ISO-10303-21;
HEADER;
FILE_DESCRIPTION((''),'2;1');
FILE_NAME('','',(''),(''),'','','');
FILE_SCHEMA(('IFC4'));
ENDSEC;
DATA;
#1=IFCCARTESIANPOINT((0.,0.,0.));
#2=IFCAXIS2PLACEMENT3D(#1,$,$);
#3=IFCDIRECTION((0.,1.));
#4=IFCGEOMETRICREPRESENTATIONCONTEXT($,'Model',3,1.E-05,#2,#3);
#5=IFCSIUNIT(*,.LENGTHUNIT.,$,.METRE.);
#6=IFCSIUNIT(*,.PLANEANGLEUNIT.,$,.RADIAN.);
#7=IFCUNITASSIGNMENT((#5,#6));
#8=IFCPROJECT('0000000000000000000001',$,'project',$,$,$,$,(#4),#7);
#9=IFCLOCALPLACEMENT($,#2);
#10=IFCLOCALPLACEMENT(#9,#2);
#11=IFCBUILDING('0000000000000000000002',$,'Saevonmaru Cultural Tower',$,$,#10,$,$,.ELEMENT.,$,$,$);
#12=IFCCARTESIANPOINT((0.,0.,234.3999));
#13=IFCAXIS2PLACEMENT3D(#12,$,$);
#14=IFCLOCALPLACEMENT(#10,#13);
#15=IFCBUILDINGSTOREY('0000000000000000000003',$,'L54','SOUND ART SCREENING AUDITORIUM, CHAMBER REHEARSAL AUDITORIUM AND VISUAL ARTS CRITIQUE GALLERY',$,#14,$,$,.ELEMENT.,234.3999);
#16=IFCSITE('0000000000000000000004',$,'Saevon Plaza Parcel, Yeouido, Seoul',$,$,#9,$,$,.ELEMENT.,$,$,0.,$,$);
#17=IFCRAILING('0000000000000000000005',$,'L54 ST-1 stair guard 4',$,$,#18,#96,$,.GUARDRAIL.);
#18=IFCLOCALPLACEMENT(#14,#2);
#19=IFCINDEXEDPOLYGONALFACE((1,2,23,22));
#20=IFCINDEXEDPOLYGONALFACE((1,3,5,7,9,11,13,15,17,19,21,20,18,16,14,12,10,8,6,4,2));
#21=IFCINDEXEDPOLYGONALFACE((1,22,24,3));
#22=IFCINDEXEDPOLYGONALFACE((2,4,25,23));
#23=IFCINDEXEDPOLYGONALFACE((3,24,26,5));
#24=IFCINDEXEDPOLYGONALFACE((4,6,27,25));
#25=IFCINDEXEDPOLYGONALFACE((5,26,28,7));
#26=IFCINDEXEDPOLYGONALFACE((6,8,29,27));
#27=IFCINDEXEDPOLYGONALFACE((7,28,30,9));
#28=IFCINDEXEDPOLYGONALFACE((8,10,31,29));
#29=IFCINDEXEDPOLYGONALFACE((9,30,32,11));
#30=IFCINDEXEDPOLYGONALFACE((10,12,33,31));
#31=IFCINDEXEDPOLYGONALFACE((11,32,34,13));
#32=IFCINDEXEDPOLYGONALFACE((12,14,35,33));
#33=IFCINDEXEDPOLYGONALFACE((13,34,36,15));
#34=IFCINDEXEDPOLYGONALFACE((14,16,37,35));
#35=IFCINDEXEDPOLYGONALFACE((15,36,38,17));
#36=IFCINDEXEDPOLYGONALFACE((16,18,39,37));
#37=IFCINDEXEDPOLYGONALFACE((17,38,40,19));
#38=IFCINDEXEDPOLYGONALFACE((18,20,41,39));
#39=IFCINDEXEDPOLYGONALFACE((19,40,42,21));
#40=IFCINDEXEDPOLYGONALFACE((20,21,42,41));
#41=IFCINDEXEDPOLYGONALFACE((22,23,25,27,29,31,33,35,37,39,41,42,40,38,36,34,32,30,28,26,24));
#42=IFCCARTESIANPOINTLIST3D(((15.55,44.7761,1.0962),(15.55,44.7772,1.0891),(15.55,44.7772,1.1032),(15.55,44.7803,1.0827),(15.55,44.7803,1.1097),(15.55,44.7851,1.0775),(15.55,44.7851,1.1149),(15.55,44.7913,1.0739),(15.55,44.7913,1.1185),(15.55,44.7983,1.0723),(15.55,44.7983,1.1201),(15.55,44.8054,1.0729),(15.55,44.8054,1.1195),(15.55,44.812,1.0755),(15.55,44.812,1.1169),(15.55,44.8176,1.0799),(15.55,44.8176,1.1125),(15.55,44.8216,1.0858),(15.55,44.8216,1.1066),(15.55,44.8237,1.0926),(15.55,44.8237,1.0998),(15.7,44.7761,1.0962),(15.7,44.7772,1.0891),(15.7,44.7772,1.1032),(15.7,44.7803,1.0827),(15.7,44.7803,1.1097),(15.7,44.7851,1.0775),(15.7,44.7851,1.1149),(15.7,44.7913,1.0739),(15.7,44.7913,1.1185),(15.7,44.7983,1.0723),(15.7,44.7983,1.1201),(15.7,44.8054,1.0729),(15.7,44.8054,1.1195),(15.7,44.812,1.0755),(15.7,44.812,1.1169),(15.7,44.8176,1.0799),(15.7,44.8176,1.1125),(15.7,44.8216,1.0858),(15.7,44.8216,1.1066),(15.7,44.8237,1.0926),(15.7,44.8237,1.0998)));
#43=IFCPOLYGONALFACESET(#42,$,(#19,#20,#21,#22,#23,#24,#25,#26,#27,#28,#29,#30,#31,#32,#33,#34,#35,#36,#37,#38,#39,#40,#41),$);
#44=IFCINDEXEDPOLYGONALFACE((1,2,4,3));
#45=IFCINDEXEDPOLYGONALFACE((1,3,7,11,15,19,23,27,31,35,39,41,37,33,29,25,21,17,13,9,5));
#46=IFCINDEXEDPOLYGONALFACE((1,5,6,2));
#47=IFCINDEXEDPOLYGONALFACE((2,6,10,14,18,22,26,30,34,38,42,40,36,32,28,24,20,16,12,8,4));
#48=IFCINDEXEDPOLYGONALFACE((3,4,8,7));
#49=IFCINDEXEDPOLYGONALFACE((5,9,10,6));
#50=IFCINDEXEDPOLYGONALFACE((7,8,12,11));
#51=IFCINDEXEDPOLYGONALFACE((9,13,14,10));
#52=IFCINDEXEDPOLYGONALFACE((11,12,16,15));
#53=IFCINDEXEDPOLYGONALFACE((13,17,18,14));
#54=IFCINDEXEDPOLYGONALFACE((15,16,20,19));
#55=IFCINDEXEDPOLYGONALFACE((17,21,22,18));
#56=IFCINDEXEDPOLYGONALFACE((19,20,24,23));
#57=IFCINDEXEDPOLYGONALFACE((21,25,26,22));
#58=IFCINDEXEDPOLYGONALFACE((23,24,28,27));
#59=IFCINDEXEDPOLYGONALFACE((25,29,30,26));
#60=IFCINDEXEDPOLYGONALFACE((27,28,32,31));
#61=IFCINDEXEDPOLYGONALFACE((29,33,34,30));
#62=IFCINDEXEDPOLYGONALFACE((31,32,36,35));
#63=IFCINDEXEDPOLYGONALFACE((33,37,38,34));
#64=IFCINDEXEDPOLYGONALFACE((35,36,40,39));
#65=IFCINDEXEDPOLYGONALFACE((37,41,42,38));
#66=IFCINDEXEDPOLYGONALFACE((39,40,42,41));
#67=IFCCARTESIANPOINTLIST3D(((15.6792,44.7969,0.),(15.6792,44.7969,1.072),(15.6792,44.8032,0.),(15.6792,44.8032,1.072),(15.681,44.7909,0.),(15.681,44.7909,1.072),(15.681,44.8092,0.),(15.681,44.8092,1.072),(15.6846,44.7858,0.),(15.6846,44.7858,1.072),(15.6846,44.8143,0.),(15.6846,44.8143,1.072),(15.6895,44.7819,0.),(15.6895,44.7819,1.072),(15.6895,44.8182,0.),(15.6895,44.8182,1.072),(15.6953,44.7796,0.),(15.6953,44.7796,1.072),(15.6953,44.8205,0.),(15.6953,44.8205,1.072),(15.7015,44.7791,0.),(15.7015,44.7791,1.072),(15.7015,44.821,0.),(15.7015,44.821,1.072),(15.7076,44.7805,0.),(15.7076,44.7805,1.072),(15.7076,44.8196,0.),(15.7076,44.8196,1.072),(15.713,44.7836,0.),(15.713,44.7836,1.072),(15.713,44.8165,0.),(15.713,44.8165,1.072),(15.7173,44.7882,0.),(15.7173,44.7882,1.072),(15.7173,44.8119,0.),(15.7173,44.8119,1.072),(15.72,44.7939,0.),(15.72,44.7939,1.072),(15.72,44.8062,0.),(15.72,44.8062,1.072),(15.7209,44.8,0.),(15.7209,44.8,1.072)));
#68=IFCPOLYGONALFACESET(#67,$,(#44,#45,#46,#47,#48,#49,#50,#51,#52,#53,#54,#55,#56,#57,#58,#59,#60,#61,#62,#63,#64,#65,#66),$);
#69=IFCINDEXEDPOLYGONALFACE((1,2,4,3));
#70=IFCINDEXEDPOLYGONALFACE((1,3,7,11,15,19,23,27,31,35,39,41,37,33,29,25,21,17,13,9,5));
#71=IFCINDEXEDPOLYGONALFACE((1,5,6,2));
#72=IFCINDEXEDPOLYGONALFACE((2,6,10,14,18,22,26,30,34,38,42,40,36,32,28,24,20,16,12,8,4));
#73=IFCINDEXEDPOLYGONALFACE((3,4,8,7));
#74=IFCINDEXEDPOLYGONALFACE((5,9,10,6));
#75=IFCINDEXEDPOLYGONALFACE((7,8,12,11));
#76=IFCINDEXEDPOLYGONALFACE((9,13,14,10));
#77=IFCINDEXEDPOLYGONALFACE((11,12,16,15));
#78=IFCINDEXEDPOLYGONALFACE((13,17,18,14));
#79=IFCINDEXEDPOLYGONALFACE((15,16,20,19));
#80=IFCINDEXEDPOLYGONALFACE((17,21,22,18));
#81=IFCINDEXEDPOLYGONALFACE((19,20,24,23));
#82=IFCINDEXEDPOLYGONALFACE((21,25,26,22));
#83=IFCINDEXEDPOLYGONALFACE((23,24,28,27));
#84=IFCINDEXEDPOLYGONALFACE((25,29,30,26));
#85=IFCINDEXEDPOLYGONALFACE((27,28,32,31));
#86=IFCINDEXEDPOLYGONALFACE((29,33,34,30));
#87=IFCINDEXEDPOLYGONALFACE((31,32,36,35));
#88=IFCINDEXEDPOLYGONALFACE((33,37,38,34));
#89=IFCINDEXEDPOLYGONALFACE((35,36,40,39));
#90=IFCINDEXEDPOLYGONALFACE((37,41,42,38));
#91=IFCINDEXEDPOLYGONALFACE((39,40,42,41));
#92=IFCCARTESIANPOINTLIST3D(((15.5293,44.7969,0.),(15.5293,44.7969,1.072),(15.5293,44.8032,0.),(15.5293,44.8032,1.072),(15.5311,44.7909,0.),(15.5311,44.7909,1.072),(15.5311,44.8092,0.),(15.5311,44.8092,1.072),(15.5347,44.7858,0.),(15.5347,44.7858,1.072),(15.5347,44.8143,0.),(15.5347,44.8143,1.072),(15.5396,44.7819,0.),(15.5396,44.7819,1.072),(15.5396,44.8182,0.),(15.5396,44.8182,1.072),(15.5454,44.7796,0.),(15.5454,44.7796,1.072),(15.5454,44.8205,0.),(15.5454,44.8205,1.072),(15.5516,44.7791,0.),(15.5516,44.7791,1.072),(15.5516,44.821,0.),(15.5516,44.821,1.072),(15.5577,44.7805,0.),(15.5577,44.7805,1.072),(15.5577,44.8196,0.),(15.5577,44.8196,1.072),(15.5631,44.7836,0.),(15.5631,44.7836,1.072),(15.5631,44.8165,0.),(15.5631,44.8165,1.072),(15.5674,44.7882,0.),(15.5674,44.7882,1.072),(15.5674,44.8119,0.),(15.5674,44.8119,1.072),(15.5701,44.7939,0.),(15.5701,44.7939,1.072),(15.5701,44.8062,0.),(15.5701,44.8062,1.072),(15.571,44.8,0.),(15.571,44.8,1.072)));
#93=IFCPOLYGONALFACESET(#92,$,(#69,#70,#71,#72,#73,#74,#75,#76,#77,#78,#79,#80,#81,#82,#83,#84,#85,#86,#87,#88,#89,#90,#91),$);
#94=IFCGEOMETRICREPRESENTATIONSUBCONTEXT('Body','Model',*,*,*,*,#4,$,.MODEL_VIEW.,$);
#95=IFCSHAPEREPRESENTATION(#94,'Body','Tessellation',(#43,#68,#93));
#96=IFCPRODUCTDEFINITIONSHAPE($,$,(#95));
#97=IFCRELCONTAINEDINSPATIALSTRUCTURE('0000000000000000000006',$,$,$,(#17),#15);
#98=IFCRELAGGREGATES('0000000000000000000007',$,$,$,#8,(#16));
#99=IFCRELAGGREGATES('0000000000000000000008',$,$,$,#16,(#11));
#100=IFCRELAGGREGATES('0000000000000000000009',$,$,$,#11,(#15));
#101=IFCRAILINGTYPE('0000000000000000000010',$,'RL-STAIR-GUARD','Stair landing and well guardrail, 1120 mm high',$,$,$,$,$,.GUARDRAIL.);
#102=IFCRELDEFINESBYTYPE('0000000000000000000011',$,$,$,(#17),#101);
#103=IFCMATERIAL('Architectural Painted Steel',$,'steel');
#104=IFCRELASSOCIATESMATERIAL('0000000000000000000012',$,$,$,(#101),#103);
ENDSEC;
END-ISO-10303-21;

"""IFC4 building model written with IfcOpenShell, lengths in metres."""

from ifc_helpers import new_model, si_unit, direction, frame, origin, origin_2d, place, context, subcontext, project, spatial, circle, extrude, material, type_object, element, save


model = new_model("IFC4")

# Units and contexts
model_context = context("Model", 3, precision=1e-05, world=origin(), true_north=direction((0.0, 1.0)))
body_context = subcontext(model_context, "Body", "Model", "MODEL_VIEW")
ifc_project = project(units=[si_unit("LENGTHUNIT", "METRE"), si_unit("PLANEANGLEUNIT", "RADIAN")], contexts=[model_context])

# Site, building, storey
site_placement = place(None, origin())
site = spatial("IfcSite", under=ifc_project, at=site_placement, Name="Saevon Plaza Parcel, Yeouido, Seoul", CompositionType="ELEMENT", RefElevation=0.0)
building_placement = place(site_placement, origin())
building = spatial("IfcBuilding", under=site, at=building_placement, Name="Saevonmaru Cultural Tower", CompositionType="ELEMENT")
storey_placement = place(building_placement, frame((0.0, 0.0, 234.3999)))
storey = spatial("IfcBuildingStorey", under=building, at=storey_placement, Name="L54", Description="SOUND ART SCREENING AUDITORIUM, CHAMBER REHEARSAL AUDITORIUM AND VISUAL ARTS CRITIQUE GALLERY", CompositionType="ELEMENT", Elevation=234.3999)

# Railing
ifc_material_1 = material(Name="Architectural Painted Steel", Category="steel")
railing_type_1 = type_object("IfcRailingType", Name="RL-STAIR-GUARD", Description="Stair landing and well guardrail, 1120 mm high", PredefinedType="GUARDRAIL", material=ifc_material_1)
railing_1_placement = place(storey_placement, frame((15.7, 44.8, 0.0)))
element("IfcRailing", 1, at=railing_1_placement, inside=storey, type_object=railing_type_1, Name="L54 ST-1 stair guard 4", PredefinedType="GUARDRAIL", context=body_context, shape_type="SweptSolid", body=[
    extrude(circle(Radius=0.0239, at=origin_2d()), frame((0.0, 0.0, 1.0962), z_axis=(-1.0, 0.0, 0.0), x_axis=(0.0, -1.0, 0.0)), (0.0, 0.0, 1.0), 0.1499),
    extrude(circle(Radius=0.021, at=origin_2d()), origin(), (0.0, 0.0, 1.0), 1.072),
    extrude(circle(Radius=0.021, at=origin_2d()), frame((-0.1499, 0.0, 0.0)), (0.0, 0.0, 1.0), 1.072),
])

save(model, "model.ifc")
